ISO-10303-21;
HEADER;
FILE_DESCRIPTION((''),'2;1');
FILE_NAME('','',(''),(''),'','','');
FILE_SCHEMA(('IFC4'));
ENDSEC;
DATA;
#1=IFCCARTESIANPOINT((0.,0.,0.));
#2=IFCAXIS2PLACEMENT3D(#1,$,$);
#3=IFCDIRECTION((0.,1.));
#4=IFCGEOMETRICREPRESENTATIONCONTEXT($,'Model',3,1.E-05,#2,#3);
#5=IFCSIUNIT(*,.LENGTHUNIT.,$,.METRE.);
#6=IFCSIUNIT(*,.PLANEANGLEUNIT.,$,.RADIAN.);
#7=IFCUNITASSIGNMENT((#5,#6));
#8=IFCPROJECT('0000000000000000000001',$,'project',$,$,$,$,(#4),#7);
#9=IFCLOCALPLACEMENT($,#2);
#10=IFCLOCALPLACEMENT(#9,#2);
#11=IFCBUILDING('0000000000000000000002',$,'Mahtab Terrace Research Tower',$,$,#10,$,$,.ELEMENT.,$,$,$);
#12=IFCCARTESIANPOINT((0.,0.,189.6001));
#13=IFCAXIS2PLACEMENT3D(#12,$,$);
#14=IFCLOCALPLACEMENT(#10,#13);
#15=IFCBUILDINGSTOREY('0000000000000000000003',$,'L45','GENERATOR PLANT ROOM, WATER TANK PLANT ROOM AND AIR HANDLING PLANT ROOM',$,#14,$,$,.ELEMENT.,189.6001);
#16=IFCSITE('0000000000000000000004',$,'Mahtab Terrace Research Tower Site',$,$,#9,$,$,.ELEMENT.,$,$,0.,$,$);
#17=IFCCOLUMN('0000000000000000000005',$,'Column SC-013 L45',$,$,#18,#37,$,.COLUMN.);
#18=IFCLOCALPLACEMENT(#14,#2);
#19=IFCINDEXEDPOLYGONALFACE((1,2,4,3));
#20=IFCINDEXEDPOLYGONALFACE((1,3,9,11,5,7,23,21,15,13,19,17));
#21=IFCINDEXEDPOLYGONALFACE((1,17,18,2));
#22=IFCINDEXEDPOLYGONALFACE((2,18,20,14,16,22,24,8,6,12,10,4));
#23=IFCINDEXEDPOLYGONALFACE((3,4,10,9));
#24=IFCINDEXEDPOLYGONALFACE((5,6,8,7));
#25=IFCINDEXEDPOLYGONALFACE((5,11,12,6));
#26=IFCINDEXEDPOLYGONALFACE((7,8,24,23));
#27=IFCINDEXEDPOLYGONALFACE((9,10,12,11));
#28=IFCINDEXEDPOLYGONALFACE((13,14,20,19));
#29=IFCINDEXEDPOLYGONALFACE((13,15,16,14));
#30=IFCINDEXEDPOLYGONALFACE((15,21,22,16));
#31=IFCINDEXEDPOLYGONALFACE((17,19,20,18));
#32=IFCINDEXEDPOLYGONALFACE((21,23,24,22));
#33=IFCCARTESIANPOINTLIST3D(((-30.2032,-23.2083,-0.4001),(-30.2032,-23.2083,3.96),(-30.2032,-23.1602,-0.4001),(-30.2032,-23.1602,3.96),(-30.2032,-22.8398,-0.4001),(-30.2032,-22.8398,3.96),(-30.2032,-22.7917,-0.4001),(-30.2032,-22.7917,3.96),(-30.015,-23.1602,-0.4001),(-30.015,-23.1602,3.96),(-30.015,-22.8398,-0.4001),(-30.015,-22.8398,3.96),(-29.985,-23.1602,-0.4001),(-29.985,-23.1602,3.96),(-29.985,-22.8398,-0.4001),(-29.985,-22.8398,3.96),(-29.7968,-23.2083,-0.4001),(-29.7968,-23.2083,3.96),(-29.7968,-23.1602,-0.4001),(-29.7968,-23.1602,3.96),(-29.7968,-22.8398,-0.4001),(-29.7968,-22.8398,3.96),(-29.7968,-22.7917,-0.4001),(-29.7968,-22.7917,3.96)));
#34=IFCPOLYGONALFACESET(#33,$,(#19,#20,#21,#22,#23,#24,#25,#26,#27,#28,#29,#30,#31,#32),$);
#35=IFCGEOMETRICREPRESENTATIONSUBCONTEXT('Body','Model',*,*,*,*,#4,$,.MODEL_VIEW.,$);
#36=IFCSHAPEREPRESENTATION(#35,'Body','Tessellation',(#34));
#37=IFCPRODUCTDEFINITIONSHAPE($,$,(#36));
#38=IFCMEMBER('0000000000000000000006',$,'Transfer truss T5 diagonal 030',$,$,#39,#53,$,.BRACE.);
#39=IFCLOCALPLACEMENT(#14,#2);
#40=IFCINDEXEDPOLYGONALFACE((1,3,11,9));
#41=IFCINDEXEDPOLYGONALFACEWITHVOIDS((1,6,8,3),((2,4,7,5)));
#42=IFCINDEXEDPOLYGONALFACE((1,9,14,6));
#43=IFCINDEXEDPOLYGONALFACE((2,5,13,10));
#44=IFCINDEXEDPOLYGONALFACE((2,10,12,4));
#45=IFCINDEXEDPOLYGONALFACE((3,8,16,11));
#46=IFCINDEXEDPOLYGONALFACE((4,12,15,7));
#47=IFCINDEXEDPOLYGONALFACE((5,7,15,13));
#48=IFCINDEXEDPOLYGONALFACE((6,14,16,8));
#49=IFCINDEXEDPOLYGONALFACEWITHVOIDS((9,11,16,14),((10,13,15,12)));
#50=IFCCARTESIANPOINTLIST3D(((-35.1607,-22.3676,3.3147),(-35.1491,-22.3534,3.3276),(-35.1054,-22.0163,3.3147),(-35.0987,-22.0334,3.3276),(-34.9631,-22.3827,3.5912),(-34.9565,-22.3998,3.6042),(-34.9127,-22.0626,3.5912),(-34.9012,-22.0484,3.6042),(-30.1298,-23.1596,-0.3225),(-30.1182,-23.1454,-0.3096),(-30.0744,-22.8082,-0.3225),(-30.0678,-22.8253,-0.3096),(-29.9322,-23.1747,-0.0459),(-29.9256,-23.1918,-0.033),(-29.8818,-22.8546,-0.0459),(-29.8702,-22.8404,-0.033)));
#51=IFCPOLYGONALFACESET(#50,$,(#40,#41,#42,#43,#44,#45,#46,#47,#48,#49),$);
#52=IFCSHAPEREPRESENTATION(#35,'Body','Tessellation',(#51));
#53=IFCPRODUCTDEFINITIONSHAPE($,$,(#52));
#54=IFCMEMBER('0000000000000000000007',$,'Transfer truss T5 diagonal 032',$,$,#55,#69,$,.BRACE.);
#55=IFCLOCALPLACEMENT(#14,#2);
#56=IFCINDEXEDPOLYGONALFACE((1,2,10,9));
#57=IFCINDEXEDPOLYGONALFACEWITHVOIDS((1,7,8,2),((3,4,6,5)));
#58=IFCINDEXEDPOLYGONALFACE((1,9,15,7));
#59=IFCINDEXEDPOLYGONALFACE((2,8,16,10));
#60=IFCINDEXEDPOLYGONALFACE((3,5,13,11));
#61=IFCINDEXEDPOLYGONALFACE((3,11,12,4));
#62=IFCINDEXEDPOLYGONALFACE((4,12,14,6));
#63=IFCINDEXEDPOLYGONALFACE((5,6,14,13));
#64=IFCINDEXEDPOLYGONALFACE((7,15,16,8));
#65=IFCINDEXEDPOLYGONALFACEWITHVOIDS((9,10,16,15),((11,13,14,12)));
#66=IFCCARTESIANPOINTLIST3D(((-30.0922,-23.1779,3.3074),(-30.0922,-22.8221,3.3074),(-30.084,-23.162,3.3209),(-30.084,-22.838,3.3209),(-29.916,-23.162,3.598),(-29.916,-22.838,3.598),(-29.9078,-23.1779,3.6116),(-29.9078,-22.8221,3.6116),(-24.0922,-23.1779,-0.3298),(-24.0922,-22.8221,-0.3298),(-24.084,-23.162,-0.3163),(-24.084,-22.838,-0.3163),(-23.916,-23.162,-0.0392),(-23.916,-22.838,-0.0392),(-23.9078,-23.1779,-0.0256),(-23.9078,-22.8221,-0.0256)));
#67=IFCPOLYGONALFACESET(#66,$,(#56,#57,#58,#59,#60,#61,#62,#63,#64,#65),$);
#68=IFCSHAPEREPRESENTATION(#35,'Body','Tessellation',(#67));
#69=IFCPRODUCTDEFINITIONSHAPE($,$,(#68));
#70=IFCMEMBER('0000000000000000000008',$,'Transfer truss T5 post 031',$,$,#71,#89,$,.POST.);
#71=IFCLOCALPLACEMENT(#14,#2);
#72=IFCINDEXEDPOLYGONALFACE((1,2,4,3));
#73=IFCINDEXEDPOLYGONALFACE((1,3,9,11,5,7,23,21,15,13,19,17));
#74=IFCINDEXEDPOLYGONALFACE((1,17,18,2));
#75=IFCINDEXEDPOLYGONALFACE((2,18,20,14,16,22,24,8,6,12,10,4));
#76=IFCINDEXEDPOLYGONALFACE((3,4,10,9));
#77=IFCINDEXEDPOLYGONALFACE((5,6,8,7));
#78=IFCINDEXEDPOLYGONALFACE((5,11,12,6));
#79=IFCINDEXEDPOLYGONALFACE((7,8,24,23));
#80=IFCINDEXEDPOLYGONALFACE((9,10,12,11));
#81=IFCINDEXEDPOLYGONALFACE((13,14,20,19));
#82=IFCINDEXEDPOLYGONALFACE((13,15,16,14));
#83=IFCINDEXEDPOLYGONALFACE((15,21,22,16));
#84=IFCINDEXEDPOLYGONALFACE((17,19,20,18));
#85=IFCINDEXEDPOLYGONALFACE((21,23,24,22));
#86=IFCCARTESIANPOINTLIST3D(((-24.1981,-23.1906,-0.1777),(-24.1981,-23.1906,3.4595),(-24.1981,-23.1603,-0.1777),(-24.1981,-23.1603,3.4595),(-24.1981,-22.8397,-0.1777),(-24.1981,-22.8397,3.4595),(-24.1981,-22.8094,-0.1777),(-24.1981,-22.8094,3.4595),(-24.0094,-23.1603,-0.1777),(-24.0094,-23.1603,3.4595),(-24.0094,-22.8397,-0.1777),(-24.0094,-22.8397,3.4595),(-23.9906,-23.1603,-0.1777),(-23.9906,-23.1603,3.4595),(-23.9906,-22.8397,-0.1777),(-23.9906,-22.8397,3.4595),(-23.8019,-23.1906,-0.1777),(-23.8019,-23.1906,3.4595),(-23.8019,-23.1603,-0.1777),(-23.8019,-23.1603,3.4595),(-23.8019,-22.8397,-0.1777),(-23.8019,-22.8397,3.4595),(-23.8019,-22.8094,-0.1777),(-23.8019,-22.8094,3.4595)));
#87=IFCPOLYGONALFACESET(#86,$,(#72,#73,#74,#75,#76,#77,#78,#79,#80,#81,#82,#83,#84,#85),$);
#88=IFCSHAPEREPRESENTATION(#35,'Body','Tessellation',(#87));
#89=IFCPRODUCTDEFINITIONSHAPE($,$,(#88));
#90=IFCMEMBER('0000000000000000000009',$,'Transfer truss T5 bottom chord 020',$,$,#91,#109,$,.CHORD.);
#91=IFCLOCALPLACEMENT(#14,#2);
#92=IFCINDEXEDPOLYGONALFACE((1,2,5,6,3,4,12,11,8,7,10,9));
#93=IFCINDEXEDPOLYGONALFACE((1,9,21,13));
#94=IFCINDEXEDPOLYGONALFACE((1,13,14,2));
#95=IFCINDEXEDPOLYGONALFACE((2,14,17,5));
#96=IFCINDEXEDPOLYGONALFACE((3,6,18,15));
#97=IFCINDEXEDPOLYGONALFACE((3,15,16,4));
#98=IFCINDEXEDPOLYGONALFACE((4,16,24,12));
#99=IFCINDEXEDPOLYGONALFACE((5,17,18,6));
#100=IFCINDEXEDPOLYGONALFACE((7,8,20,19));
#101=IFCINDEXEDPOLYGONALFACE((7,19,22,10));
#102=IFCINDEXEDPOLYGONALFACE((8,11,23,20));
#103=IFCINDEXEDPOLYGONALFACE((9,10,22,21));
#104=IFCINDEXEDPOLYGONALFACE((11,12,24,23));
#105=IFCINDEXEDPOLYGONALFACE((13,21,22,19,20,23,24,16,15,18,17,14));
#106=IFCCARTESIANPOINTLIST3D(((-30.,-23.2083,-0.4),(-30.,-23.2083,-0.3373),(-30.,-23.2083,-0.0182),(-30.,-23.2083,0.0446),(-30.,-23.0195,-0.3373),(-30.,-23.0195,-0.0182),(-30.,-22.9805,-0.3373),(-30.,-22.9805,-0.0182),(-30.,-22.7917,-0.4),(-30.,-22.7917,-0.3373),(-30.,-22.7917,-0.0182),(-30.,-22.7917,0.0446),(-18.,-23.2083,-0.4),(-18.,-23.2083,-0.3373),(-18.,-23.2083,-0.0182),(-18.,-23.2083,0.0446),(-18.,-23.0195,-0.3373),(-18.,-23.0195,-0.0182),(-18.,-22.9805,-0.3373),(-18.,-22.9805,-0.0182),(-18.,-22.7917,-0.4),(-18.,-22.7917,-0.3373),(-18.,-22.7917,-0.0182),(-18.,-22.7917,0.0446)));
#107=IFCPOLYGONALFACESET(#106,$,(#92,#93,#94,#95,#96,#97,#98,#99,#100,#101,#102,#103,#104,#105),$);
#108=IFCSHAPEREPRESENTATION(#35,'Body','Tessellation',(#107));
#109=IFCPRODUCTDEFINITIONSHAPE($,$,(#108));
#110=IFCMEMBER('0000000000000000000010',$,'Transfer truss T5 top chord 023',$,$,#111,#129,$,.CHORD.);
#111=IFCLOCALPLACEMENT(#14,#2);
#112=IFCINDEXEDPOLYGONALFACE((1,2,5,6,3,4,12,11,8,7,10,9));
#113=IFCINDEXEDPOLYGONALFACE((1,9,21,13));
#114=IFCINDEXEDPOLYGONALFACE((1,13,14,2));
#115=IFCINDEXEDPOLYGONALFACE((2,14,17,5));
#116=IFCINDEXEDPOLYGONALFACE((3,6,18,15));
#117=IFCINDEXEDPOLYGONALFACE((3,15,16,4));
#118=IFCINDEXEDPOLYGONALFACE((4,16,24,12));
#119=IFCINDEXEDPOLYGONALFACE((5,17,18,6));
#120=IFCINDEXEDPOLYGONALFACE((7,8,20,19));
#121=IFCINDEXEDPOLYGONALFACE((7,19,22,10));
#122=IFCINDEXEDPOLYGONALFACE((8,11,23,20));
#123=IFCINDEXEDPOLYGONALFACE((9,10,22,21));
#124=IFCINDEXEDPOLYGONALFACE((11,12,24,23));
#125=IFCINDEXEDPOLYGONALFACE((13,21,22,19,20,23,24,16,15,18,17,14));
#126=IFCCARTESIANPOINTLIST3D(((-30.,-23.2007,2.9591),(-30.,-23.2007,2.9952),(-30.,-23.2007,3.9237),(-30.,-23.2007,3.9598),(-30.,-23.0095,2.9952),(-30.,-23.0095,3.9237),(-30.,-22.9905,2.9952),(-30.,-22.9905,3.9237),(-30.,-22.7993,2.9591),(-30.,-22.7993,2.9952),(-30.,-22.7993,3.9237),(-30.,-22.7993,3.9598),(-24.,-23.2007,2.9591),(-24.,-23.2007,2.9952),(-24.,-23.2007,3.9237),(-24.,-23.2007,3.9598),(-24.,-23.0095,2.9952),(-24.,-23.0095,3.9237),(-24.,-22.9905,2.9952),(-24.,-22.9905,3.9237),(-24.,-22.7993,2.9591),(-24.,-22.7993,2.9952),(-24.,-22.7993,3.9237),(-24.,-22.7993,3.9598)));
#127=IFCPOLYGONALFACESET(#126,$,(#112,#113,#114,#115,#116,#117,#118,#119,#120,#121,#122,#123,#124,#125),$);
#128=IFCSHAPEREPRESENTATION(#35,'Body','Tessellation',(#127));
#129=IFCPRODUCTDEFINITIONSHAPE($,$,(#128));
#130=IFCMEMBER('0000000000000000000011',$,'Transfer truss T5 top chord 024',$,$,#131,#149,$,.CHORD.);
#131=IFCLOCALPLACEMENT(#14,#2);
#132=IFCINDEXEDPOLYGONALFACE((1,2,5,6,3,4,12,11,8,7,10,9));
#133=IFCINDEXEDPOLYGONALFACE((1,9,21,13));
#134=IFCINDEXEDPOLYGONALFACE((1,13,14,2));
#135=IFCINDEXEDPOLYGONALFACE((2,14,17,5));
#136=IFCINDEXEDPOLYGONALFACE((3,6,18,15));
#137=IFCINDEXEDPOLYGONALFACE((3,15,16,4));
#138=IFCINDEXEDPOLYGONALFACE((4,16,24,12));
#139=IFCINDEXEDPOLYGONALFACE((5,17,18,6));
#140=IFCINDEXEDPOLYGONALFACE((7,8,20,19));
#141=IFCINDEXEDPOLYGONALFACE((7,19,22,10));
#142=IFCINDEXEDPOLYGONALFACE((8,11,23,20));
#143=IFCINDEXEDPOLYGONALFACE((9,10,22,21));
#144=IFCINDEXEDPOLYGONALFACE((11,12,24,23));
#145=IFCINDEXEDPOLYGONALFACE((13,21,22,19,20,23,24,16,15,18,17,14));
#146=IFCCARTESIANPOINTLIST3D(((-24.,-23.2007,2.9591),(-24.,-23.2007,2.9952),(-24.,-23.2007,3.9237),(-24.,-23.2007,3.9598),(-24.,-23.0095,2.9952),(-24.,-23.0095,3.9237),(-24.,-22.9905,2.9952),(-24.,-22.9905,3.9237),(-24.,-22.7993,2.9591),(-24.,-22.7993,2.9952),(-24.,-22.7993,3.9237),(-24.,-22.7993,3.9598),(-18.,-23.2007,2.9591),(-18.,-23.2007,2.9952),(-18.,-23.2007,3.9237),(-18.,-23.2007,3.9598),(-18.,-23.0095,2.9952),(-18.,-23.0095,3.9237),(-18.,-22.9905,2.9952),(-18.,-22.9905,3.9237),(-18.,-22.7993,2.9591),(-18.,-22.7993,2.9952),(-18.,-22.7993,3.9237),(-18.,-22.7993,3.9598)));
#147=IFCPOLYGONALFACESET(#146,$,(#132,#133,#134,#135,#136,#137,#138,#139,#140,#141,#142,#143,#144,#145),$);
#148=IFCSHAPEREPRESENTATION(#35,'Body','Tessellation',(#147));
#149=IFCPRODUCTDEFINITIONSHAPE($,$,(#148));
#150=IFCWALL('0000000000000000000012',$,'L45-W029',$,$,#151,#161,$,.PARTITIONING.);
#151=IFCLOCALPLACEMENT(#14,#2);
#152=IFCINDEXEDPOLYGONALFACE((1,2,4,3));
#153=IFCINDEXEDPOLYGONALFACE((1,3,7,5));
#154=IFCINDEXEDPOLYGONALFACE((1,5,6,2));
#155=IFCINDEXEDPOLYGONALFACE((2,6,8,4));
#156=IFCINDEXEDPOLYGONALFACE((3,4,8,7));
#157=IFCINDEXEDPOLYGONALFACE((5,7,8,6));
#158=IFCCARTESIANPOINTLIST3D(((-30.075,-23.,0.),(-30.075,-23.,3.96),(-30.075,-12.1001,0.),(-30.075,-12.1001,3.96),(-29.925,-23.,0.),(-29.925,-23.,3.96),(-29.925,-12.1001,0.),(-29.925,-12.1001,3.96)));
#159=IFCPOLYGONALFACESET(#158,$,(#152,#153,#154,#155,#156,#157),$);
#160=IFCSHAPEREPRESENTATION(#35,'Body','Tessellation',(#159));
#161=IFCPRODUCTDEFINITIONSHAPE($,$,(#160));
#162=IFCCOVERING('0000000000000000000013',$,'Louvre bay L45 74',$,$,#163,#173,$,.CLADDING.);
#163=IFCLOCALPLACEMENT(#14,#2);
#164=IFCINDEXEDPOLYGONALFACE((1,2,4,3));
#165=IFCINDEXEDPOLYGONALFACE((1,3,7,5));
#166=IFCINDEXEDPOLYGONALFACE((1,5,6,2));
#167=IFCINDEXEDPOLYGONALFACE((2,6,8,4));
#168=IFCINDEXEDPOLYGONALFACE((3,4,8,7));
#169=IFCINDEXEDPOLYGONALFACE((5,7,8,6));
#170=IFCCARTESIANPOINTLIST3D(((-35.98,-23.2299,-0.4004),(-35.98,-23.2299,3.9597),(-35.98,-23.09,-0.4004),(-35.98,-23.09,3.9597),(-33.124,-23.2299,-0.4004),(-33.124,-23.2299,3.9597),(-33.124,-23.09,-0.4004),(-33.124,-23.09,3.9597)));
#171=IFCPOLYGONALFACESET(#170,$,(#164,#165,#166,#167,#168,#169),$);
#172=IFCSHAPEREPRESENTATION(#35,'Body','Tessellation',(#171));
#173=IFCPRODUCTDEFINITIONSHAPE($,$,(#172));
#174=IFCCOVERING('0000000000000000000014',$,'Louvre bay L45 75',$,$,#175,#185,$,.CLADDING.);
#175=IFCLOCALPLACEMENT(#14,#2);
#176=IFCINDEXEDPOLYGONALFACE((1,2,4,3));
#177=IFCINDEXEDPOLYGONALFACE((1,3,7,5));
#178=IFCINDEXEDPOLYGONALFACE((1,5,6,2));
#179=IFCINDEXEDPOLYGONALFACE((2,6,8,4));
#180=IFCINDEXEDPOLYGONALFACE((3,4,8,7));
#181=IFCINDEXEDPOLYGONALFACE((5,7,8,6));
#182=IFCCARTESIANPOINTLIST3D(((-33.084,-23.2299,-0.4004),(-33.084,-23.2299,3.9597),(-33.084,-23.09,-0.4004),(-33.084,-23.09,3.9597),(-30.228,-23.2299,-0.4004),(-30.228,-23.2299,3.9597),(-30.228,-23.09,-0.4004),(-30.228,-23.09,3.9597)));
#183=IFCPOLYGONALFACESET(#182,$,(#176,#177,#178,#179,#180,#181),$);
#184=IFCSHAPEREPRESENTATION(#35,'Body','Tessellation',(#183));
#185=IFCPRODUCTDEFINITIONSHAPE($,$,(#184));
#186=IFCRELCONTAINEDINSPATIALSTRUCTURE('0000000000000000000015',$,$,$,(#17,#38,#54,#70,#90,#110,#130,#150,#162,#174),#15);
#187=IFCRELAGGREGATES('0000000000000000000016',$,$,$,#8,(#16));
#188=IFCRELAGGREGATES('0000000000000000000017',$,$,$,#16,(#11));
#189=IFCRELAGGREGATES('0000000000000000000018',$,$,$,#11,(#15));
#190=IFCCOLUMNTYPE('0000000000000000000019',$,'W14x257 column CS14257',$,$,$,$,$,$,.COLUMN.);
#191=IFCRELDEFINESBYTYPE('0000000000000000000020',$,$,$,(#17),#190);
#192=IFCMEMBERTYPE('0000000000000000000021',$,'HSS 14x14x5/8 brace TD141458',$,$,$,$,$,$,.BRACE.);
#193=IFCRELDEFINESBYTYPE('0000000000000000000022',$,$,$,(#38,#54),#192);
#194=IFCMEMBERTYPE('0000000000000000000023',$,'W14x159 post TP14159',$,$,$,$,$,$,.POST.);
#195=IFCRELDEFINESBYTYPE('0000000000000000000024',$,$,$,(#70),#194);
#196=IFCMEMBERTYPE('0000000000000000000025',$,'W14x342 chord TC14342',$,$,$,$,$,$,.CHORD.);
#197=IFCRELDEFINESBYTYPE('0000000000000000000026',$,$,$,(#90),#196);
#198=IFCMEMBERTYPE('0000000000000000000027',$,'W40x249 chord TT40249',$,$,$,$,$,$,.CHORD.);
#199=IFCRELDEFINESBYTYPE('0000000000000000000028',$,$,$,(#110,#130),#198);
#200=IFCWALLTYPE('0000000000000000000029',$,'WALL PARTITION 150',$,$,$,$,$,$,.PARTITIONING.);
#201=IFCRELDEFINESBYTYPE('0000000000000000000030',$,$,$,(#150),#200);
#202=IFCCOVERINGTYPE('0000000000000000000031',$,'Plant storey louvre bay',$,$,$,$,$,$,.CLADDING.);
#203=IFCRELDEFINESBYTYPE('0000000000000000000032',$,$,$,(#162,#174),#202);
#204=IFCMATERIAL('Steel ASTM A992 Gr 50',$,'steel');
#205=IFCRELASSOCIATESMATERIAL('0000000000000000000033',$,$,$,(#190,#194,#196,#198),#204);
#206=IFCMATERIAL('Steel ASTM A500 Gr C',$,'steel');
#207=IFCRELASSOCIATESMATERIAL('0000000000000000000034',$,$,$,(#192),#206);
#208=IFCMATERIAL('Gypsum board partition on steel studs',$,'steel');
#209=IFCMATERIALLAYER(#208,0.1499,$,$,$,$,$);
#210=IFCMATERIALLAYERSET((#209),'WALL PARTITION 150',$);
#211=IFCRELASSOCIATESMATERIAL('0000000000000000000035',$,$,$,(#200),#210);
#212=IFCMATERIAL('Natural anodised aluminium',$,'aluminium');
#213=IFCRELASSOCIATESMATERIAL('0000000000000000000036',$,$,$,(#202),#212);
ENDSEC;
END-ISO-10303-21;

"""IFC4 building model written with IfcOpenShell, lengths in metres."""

from ifc_helpers import new_model, si_unit, direction, frame, frame_2d, origin, origin_2d, place, context, subcontext, project, spatial, rectangle, hollow_rectangle, i_section, extrude, material, layer, layer_set, material_profile, profile_set, type_object, element, save


model = new_model("IFC4")

# Units and contexts
model_context = context("Model", 3, precision=1e-05, world=origin(), true_north=direction((0.0, 1.0)))
body_context = subcontext(model_context, "Body", "Model", "MODEL_VIEW")
ifc_project = project(units=[si_unit("LENGTHUNIT", "METRE"), si_unit("PLANEANGLEUNIT", "RADIAN")], contexts=[model_context])

# Site, building, storey
site_placement = place(None, origin())
site = spatial("IfcSite", under=ifc_project, at=site_placement, Name="Mahtab Terrace Research Tower Site", CompositionType="ELEMENT", RefElevation=0.0)
building_placement = place(site_placement, origin())
building = spatial("IfcBuilding", under=site, at=building_placement, Name="Mahtab Terrace Research Tower", CompositionType="ELEMENT")
storey_placement = place(building_placement, frame((0.0, 0.0, 189.6001)))
storey = spatial("IfcBuildingStorey", under=building, at=storey_placement, Name="L45", Description="GENERATOR PLANT ROOM, WATER TANK PLANT ROOM AND AIR HANDLING PLANT ROOM", CompositionType="ELEMENT", Elevation=189.6001)

# Column
ifc_material_1 = material(Name="Steel ASTM A992 Gr 50", Category="steel")
ifc_material_profile_1 = material_profile(ifc_material_1, i_section(OverallWidth=0.4065, OverallDepth=0.4165, WebThickness=0.03, FlangeThickness=0.0481, at=origin_2d()), Name="W14X257")
ifc_profile_set_1 = profile_set([ifc_material_profile_1], Name="Steel ASTM A992 Gr 50")
column_type = type_object("IfcColumnType", Name="W14x257 column CS14257", PredefinedType="COLUMN", material=ifc_profile_set_1)
column_placement = place(storey_placement, frame((-30.0, -23.0, -0.4001), z_axis=(0.0, 0.0, 1.0), x_axis=(1.0, 0.0, 0.0)))
element("IfcColumn", 1, at=column_placement, inside=storey, type_object=column_type, Name="Column SC-013 L45", PredefinedType="COLUMN", context=body_context, shape_type="SweptSolid", body=[
    extrude(i_section(OverallWidth=0.4065, OverallDepth=0.4165, WebThickness=0.03, FlangeThickness=0.0481, at=origin_2d()), origin(), (0.0, 0.0, 1.0), 4.3601),
])

# Members
ifc_material_2 = material(Name="Steel ASTM A500 Gr C", Category="steel")
ifc_material_profile_2 = material_profile(ifc_material_2, hollow_rectangle(XDim=0.3557, YDim=0.3557, WallThickness=0.0159, at=origin_2d()), Name="HSS14X14X5/8")
ifc_profile_set_2 = profile_set([ifc_material_profile_2], Name="Steel ASTM A500 Gr C")
member_type_1 = type_object("IfcMemberType", Name="HSS 14x14x5/8 brace TD141458", PredefinedType="BRACE", material=ifc_profile_set_2)
member_1_placement = place(storey_placement, frame((-30.0, -23.0, -0.1777), z_axis=(-0.803881, 0.126549, 0.581172), x_axis=(-0.155507, -0.987835, 0.0)))
element("IfcMember", 2, at=member_1_placement, inside=storey, type_object=member_type_1, Name="Transfer truss T5 diagonal 030", PredefinedType="BRACE", context=body_context, shape_type="SweptSolid", body=[
    extrude(hollow_rectangle(XDim=0.3557, YDim=0.3557, WallThickness=0.0159, at=origin_2d()), origin(), (0.0, 0.0, 1.0), 6.2583),
])
member_2_placement = place(storey_placement, frame((-24.0, -23.0, -0.1777), z_axis=(-0.855145, 0.0, 0.51839), x_axis=(0.0, -1.0, 0.0)))
element("IfcMember", 3, at=member_2_placement, inside=storey, type_object=member_type_1, Name="Transfer truss T5 diagonal 032", PredefinedType="BRACE", context=body_context, shape_type="SweptSolid", body=[
    extrude(hollow_rectangle(XDim=0.3557, YDim=0.3557, WallThickness=0.0159, at=origin_2d()), origin(), (0.0, 0.0, 1.0), 7.0164),
])
ifc_material_profile_3 = material_profile(ifc_material_1, i_section(OverallWidth=0.3962, OverallDepth=0.3811, WebThickness=0.0188, FlangeThickness=0.0303, at=origin_2d()), Name="W14X159")
ifc_profile_set_3 = profile_set([ifc_material_profile_3], Name="Steel ASTM A992 Gr 50")
member_type_2 = type_object("IfcMemberType", Name="W14x159 post TP14159", PredefinedType="POST", material=ifc_profile_set_3)
member_3_placement = place(storey_placement, frame((-24.0, -23.0, -0.1777), z_axis=(0.0, 0.0, 1.0), x_axis=(1.0, 0.0, 0.0)))
element("IfcMember", 4, at=member_3_placement, inside=storey, type_object=member_type_2, Name="Transfer truss T5 post 031", PredefinedType="POST", context=body_context, shape_type="SweptSolid", body=[
    extrude(i_section(OverallWidth=0.3962, OverallDepth=0.3811, WebThickness=0.0188, FlangeThickness=0.0303, at=origin_2d()), origin(), (0.0, 0.0, 1.0), 3.6372),
])
ifc_material_profile_4 = material_profile(ifc_material_1, i_section(OverallWidth=0.4165, OverallDepth=0.4446, WebThickness=0.0391, FlangeThickness=0.0627, at=origin_2d()), Name="W14X342")
ifc_profile_set_4 = profile_set([ifc_material_profile_4], Name="Steel ASTM A992 Gr 50")
member_type_3 = type_object("IfcMemberType", Name="W14x342 chord TC14342", PredefinedType="CHORD", material=ifc_profile_set_4)
member_4_placement = place(storey_placement, frame((-30.0, -23.0, -0.1777), z_axis=(1.0, 0.0, 0.0), x_axis=(0.0, 1.0, 0.0)))
element("IfcMember", 5, at=member_4_placement, inside=storey, type_object=member_type_3, Name="Transfer truss T5 bottom chord 020", PredefinedType="CHORD", context=body_context, shape_type="SweptSolid", body=[
    extrude(i_section(OverallWidth=0.4165, OverallDepth=0.4446, WebThickness=0.0391, FlangeThickness=0.0627, at=origin_2d()), origin(), (0.0, 0.0, 1.0), 12.0),
])
ifc_material_profile_5 = material_profile(ifc_material_1, i_section(OverallWidth=0.4014, OverallDepth=1.0007, WebThickness=0.019, FlangeThickness=0.0361, at=origin_2d()), Name="W40X249")
ifc_profile_set_5 = profile_set([ifc_material_profile_5], Name="Steel ASTM A992 Gr 50")
member_type_4 = type_object("IfcMemberType", Name="W40x249 chord TT40249", PredefinedType="CHORD", material=ifc_profile_set_5)
for number, where, z_axis, x_axis, name in (
    (6, (-30.0, -23.0, 3.4595), (1.0, 0.0, 0.0), (0.0, 1.0, 0.0), "Transfer truss T5 top chord 023"),
    (7, (-24.0, -23.0, 3.4595), (1.0, 0.0, 0.0), (0.0, 1.0, 0.0), "Transfer truss T5 top chord 024"),
):
    element("IfcMember", number, at=place(storey_placement, frame(where, z_axis=z_axis, x_axis=x_axis)), inside=storey, type_object=member_type_4, Name=name, PredefinedType="CHORD", context=body_context, shape_type="SweptSolid", body=[
        extrude(i_section(OverallWidth=0.4014, OverallDepth=1.0007, WebThickness=0.019, FlangeThickness=0.0361, at=origin_2d()), origin(), (0.0, 0.0, 1.0), 6.0),
    ])

# Wall
ifc_material_3 = material(Name="Gypsum board partition on steel studs", Category="steel")
ifc_layer_1 = layer(ifc_material_3, 0.1499)
ifc_layer_set_1 = layer_set([ifc_layer_1], Name="WALL PARTITION 150")
wall_type = type_object("IfcWallType", Name="WALL PARTITION 150", PredefinedType="PARTITIONING", material=ifc_layer_set_1)
wall_placement = place(storey_placement, frame((-30.0, -23.0, 0.0), z_axis=(0.0, 0.0, 1.0), x_axis=(0.0, 1.0, 0.0)))
element("IfcWall", 8, at=wall_placement, inside=storey, type_object=wall_type, Name="L45-W029", PredefinedType="PARTITIONING", context=body_context, shape_type="SweptSolid", body=[
    extrude(rectangle(XDim=10.8999, YDim=0.1499, at=frame_2d((5.45, 0.0))), origin(), (0.0, 0.0, 1.0), 3.96),
])

# Coverings
ifc_material_4 = material(Name="Natural anodised aluminium", Category="aluminium")
covering_type = type_object("IfcCoveringType", Name="Plant storey louvre bay", PredefinedType="CLADDING", material=ifc_material_4)
for number, where, z_axis, x_axis, name in (
    (9, (-34.552, -23.1599, -0.4004), (0.0, 0.0, 1.0), (1.0, 0.0, 0.0), "Louvre bay L45 74"),
    (10, (-31.656, -23.1599, -0.4004), (0.0, 0.0, 1.0), (1.0, 0.0, 0.0), "Louvre bay L45 75"),
):
    element("IfcCovering", number, at=place(storey_placement, frame(where, z_axis=z_axis, x_axis=x_axis)), inside=storey, type_object=covering_type, Name=name, PredefinedType="CLADDING", context=body_context, shape_type="SweptSolid", body=[
        extrude(rectangle(XDim=2.856, YDim=0.1399, at=origin_2d()), origin(), (0.0, 0.0, 1.0), 4.3601),
    ])

save(model, "model.ifc")
